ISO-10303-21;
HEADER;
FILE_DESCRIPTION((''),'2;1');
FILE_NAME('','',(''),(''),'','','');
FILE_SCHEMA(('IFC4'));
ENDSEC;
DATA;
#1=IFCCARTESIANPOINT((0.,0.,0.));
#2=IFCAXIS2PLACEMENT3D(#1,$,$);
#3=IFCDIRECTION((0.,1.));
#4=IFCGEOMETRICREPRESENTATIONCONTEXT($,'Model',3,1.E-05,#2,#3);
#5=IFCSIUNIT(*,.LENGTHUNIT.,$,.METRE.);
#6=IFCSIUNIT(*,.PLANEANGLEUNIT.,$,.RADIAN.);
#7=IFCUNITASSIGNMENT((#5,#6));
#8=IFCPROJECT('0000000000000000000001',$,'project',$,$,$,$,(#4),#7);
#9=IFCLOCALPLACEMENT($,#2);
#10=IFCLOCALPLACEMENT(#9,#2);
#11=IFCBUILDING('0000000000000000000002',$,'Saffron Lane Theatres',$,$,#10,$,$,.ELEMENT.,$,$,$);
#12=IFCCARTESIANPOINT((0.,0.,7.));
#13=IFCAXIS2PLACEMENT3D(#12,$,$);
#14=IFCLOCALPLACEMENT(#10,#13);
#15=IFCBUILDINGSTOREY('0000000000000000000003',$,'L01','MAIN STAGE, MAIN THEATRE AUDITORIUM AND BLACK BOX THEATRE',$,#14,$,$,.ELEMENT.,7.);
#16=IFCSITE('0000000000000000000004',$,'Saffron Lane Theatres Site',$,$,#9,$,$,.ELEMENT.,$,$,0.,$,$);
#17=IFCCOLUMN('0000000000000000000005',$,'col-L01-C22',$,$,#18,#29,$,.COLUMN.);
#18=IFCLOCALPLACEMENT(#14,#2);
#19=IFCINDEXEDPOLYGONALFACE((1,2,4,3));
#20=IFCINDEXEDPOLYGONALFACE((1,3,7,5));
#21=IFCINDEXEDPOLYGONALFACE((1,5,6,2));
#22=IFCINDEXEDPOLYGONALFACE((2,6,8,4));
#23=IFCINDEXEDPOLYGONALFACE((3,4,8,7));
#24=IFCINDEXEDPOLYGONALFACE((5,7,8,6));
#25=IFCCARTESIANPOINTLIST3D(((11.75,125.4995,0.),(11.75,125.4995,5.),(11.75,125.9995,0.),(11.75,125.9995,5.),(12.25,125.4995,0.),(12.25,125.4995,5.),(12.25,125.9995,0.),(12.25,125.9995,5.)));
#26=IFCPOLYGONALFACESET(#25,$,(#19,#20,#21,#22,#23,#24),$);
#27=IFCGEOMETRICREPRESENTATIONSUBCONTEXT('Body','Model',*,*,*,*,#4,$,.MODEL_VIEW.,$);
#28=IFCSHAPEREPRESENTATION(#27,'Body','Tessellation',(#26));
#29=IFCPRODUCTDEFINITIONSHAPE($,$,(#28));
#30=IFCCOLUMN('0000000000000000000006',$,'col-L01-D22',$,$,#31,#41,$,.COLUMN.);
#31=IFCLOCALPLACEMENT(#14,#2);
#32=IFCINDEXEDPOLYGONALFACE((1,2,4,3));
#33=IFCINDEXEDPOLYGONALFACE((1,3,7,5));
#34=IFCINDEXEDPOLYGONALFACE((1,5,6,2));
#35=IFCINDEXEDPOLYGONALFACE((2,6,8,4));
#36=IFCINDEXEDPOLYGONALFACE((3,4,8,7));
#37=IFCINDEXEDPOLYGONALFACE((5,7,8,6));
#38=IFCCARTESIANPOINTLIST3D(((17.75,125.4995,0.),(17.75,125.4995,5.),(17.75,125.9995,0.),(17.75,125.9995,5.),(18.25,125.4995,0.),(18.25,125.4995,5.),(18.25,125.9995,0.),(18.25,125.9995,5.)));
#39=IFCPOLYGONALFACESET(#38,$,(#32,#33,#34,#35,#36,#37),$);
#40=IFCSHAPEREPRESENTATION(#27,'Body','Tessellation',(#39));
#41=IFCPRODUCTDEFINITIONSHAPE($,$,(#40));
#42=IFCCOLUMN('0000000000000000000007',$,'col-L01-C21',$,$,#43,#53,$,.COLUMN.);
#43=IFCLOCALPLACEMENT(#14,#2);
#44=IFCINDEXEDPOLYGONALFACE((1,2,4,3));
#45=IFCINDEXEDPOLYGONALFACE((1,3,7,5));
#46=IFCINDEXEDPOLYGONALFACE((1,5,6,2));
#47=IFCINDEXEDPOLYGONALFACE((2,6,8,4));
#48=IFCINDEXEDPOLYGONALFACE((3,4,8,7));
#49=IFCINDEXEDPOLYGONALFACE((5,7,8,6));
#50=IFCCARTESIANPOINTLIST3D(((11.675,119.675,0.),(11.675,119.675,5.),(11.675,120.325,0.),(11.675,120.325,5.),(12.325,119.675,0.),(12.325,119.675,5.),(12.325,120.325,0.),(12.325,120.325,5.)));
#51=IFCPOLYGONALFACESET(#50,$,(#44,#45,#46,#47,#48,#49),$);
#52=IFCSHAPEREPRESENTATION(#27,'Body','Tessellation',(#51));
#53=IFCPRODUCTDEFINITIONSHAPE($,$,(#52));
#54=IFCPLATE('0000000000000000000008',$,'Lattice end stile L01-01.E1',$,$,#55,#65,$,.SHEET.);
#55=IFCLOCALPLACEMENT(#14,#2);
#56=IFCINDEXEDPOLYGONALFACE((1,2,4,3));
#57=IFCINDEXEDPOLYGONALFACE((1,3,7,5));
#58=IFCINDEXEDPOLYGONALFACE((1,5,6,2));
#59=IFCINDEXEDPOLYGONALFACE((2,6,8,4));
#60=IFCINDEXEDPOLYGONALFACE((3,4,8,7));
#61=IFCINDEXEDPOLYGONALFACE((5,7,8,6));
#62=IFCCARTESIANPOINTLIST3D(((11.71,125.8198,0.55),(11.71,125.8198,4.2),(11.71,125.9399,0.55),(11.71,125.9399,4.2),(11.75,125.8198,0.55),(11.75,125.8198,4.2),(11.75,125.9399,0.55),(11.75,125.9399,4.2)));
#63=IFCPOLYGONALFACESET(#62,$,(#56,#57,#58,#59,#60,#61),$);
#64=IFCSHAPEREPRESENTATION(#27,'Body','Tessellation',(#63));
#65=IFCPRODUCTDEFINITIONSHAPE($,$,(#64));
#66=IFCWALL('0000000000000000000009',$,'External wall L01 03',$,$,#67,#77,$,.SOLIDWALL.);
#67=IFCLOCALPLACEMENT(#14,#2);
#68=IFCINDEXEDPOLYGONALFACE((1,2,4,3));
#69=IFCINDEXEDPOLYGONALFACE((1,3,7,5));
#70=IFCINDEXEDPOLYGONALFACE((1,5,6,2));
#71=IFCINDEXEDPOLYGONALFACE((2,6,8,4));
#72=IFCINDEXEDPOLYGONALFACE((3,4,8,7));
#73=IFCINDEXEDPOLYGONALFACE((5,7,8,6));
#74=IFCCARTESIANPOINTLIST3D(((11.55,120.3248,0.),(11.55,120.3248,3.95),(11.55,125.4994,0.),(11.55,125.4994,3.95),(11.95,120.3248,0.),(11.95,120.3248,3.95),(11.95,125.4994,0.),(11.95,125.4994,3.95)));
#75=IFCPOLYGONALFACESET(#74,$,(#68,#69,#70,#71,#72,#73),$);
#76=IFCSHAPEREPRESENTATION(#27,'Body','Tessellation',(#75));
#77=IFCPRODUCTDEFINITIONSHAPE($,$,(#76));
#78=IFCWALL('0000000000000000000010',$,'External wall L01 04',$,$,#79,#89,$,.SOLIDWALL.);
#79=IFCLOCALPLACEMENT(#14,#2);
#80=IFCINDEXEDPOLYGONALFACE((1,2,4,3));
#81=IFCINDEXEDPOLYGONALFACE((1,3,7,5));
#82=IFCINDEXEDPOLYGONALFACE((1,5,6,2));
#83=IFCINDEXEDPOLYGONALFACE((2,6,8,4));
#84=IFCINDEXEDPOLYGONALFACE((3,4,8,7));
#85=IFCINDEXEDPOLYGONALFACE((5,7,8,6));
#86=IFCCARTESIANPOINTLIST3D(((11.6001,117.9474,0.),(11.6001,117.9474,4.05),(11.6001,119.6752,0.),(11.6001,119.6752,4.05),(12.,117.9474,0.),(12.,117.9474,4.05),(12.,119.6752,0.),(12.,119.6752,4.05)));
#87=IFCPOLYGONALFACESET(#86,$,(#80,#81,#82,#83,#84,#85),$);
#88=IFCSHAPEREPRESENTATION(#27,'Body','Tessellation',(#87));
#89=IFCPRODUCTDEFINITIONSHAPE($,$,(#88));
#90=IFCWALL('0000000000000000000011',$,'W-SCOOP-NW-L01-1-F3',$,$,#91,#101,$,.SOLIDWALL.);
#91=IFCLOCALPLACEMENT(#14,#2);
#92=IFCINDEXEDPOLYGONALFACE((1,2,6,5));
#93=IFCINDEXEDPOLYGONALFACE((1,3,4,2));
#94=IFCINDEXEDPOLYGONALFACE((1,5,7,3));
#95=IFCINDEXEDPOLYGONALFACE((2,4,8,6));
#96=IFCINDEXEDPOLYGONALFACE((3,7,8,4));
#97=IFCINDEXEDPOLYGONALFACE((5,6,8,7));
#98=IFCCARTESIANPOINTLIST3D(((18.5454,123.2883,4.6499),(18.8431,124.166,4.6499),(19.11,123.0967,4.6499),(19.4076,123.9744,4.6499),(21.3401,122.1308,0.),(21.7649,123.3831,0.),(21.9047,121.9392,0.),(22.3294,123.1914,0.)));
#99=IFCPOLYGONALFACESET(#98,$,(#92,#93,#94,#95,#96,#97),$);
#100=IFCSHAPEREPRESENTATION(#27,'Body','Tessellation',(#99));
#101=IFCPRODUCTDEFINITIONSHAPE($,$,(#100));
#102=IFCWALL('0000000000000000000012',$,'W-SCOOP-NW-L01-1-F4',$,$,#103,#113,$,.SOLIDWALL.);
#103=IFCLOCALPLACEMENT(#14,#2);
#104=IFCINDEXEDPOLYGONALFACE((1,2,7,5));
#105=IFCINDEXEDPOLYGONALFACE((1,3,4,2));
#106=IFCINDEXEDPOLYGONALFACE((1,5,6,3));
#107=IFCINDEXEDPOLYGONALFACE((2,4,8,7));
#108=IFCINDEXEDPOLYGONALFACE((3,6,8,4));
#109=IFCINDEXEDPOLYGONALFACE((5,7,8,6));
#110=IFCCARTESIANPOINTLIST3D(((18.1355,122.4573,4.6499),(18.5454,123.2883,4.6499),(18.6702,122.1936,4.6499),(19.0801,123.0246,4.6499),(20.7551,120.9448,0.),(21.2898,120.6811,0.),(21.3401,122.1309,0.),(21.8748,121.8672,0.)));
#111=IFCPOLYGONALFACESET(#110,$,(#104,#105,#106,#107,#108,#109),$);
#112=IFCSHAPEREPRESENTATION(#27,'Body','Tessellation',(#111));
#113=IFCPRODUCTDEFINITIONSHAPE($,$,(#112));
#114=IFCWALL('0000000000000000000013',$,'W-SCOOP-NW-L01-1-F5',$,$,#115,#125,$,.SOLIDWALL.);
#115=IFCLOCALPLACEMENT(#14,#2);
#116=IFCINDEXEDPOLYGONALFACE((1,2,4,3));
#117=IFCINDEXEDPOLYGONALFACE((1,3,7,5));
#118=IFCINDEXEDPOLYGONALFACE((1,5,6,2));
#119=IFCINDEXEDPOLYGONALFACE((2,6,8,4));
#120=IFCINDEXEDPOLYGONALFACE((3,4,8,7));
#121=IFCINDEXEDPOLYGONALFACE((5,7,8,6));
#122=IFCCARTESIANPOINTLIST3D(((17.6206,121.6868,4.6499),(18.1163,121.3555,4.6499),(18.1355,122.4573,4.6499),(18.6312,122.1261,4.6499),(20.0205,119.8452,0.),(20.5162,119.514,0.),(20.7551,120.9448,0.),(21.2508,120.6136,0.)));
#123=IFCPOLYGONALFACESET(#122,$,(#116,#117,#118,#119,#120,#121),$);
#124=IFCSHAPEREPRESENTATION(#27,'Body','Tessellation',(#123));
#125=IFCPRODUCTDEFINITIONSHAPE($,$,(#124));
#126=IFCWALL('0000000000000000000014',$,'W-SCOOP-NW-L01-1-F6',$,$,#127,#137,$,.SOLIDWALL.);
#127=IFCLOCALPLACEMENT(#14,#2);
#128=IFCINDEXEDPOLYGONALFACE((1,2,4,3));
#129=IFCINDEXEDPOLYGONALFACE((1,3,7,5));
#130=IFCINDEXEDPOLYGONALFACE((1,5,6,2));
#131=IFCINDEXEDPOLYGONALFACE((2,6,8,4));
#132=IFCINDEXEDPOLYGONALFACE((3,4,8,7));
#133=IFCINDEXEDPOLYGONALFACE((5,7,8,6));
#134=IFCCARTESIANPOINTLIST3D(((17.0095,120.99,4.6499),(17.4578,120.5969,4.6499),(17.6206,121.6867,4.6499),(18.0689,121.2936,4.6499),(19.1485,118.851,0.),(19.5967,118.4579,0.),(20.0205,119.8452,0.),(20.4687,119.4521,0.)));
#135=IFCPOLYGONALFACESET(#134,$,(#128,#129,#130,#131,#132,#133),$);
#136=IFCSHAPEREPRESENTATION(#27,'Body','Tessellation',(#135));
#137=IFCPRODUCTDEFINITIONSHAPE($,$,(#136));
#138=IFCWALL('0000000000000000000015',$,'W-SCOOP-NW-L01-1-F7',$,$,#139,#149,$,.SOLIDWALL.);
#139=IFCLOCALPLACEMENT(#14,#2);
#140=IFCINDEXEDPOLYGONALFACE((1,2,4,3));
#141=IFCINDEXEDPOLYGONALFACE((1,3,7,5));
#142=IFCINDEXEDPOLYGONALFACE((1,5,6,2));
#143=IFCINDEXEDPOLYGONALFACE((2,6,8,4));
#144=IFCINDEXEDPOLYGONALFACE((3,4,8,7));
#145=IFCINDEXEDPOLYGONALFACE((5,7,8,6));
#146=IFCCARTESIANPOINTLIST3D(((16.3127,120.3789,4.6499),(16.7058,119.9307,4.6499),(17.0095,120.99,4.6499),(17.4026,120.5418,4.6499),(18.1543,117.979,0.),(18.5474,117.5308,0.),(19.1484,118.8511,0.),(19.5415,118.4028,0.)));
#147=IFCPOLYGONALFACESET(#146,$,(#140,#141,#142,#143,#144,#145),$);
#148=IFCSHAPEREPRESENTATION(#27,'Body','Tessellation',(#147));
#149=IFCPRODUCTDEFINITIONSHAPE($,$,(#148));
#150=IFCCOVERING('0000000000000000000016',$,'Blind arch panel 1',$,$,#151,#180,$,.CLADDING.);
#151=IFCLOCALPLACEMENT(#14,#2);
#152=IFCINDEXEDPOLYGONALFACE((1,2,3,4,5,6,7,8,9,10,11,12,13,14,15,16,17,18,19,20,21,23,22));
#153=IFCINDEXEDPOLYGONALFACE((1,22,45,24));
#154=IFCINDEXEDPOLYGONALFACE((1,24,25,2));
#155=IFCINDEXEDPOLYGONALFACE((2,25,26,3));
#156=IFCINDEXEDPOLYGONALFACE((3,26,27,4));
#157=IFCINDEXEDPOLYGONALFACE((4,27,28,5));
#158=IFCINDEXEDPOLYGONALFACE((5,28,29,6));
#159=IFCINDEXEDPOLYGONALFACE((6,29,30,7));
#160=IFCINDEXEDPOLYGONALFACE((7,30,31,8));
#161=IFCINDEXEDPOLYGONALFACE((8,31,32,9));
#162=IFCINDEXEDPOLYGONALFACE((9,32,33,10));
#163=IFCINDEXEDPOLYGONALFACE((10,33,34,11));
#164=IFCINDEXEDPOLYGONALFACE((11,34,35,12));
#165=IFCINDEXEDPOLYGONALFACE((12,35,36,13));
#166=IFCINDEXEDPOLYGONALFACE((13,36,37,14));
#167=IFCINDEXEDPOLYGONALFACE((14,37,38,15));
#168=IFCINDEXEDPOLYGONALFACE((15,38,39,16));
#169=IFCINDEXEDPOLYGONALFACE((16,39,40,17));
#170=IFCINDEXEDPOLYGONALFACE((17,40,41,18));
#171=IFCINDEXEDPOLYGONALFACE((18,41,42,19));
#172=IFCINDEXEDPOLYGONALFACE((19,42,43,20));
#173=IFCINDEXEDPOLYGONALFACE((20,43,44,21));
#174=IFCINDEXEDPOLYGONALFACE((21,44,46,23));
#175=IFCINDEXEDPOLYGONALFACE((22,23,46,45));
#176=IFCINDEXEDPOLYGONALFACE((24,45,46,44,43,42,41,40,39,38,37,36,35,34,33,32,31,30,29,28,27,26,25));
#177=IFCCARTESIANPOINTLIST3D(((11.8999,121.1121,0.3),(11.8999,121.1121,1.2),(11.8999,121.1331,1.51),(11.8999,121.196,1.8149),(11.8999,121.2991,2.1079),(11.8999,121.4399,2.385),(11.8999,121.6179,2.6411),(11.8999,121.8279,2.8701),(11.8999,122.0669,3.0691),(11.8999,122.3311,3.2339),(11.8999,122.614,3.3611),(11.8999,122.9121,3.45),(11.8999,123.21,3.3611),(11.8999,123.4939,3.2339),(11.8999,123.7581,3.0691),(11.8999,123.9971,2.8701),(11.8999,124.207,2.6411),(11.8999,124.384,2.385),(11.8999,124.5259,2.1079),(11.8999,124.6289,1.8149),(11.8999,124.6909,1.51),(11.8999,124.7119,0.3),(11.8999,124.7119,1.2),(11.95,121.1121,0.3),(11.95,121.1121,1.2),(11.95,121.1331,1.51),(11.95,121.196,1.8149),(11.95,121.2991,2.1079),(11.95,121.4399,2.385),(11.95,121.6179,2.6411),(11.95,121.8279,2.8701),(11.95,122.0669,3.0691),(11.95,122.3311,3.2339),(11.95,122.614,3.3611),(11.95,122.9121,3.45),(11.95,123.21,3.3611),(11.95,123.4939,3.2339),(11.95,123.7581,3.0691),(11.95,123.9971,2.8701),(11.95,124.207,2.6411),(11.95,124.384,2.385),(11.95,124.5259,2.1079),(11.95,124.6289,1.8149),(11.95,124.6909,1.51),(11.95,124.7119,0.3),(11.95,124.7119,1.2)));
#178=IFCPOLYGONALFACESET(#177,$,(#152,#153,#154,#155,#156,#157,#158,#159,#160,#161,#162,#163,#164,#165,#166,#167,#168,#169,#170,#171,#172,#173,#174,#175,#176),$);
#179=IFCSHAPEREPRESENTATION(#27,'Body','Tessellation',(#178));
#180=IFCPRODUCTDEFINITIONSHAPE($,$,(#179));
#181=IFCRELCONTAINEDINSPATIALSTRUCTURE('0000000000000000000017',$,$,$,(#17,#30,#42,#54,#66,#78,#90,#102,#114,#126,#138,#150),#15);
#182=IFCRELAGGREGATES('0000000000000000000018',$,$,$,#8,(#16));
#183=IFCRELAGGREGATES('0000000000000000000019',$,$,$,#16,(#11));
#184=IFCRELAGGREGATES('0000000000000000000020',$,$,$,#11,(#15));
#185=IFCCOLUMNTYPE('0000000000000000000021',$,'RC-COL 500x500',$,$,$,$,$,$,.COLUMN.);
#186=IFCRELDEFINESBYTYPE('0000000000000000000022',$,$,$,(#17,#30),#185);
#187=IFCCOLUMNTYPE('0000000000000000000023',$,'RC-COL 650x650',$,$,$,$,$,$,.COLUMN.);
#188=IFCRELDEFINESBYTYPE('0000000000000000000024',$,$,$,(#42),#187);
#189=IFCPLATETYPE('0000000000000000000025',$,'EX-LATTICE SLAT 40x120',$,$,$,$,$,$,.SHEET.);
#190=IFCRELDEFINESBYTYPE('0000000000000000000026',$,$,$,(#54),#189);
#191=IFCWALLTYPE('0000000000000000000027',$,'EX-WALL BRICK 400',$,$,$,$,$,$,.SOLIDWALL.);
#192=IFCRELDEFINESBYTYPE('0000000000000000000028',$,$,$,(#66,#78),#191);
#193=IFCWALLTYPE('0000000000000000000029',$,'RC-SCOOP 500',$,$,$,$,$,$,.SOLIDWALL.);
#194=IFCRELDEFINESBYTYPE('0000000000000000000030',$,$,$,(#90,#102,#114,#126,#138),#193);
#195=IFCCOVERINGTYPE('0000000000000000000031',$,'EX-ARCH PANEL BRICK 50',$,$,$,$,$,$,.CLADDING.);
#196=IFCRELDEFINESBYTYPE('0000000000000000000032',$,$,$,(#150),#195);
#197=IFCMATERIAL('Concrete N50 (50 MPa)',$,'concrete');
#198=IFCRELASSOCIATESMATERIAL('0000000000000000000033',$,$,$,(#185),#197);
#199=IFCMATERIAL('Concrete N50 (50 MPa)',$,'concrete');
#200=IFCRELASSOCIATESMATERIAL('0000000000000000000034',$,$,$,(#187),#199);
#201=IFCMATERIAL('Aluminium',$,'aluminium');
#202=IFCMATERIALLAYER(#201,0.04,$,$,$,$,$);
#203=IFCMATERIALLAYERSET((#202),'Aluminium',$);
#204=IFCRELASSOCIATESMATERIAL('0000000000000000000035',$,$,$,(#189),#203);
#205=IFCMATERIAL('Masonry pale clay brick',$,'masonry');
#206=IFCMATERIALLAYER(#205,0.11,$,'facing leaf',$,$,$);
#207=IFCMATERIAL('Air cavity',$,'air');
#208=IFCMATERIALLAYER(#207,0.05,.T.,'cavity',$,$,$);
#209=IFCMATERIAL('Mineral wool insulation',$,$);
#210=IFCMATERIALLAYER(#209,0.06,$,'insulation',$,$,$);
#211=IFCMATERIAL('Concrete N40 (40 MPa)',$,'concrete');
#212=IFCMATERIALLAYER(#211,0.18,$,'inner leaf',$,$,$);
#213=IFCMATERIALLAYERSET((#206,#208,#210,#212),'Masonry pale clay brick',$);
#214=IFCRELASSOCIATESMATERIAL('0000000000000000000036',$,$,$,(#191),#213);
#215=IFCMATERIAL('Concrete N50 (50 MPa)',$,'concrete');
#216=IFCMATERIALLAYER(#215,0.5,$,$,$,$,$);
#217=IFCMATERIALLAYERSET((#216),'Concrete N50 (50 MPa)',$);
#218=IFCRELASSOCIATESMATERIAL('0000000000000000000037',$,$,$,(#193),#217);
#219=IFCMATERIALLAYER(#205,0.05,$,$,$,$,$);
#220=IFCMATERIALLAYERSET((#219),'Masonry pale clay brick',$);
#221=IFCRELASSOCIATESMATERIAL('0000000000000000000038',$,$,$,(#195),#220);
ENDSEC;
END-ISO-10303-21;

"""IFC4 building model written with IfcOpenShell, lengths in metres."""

from ifc_helpers import new_model, si_unit, direction, frame, frame_2d, origin, origin_2d, place, context, subcontext, project, spatial, polyline, rectangle, outline, extrude, material, layer, layer_set, material_profile, profile_set, type_object, element, save


model = new_model("IFC4")

# Units and contexts
model_context = context("Model", 3, precision=1e-05, world=origin(), true_north=direction((0.0, 1.0)))
body_context = subcontext(model_context, "Body", "Model", "MODEL_VIEW")
ifc_project = project(units=[si_unit("LENGTHUNIT", "METRE"), si_unit("PLANEANGLEUNIT", "RADIAN")], contexts=[model_context])

# Site, building, storey
site_placement = place(None, origin())
site = spatial("IfcSite", under=ifc_project, at=site_placement, Name="Saffron Lane Theatres Site", CompositionType="ELEMENT", RefElevation=0.0)
building_placement = place(site_placement, origin())
building = spatial("IfcBuilding", under=site, at=building_placement, Name="Saffron Lane Theatres", CompositionType="ELEMENT")
storey_placement = place(building_placement, frame((0.0, 0.0, 7.0)))
storey = spatial("IfcBuildingStorey", under=building, at=storey_placement, Name="L01", Description="MAIN STAGE, MAIN THEATRE AUDITORIUM AND BLACK BOX THEATRE", CompositionType="ELEMENT", Elevation=7.0)

# Columns
ifc_material_1 = material(Name="Concrete N50 (50 MPa)", Category="concrete")
ifc_material_profile_1 = material_profile(ifc_material_1, rectangle(XDim=0.5, YDim=0.5, at=origin_2d()))
ifc_profile_set_1 = profile_set([ifc_material_profile_1], Name="Concrete N50 (50 MPa)")
column_type_1 = type_object("IfcColumnType", Name="RC-COL 500x500", PredefinedType="COLUMN", material=ifc_profile_set_1)
for number, where, z_axis, x_axis, name in (
    (1, (12.0, 125.7495, 0.0), (0.0, 0.0, 1.0), (1.0, 0.0, 0.0), "col-L01-C22"),
    (2, (18.0, 125.7495, 0.0), (0.0, 0.0, 1.0), (1.0, 0.0, 0.0), "col-L01-D22"),
):
    element("IfcColumn", number, at=place(storey_placement, frame(where, z_axis=z_axis, x_axis=x_axis)), inside=storey, type_object=column_type_1, Name=name, PredefinedType="COLUMN", context=body_context, shape_type="SweptSolid", body=[
        extrude(rectangle(XDim=0.5, YDim=0.5, at=origin_2d()), origin(), (0.0, 0.0, 1.0), 5.0),
    ])
ifc_material_2 = material(Name="Concrete N50 (50 MPa)", Category="concrete")
ifc_material_profile_2 = material_profile(ifc_material_2, rectangle(XDim=0.6499, YDim=0.6499, at=origin_2d()))
ifc_profile_set_2 = profile_set([ifc_material_profile_2], Name="Concrete N50 (50 MPa)")
column_type_2 = type_object("IfcColumnType", Name="RC-COL 650x650", PredefinedType="COLUMN", material=ifc_profile_set_2)
column_placement = place(storey_placement, frame((12.0, 120.0, 0.0), z_axis=(0.0, 0.0, 1.0), x_axis=(1.0, 0.0, 0.0)))
element("IfcColumn", 3, at=column_placement, inside=storey, type_object=column_type_2, Name="col-L01-C21", PredefinedType="COLUMN", context=body_context, shape_type="SweptSolid", body=[
    extrude(rectangle(XDim=0.6499, YDim=0.6499, at=origin_2d()), origin(), (0.0, 0.0, 1.0), 5.0),
])

# Plate
ifc_material_3 = material(Name="Aluminium", Category="aluminium")
ifc_layer_1 = layer(ifc_material_3, 0.04)
ifc_layer_set_1 = layer_set([ifc_layer_1], Name="Aluminium")
plate_type = type_object("IfcPlateType", Name="EX-LATTICE SLAT 40x120", PredefinedType="SHEET", material=ifc_layer_set_1)
plate_placement = place(storey_placement, frame((11.73, 125.8799, 0.55), z_axis=(0.0, 0.0, 1.0), x_axis=(1.0, 0.0, 0.0)))
element("IfcPlate", 4, at=plate_placement, inside=storey, type_object=plate_type, Name="Lattice end stile L01-01.E1", PredefinedType="SHEET", context=body_context, shape_type="SweptSolid", body=[
    extrude(rectangle(XDim=0.04, YDim=0.1201, at=origin_2d()), origin(), (0.0, 0.0, 1.0), 3.6499),
])

# Walls
ifc_material_4 = material(Name="Masonry pale clay brick", Category="masonry")
ifc_layer_2 = layer(ifc_material_4, 0.11, Name="facing leaf")
ifc_material_5 = material(Name="Air cavity", Category="air")
ifc_layer_3 = layer(ifc_material_5, 0.05, ventilated=True, Name="cavity")
ifc_material_6 = material(Name="Mineral wool insulation")
ifc_layer_4 = layer(ifc_material_6, 0.06, Name="insulation")
ifc_material_7 = material(Name="Concrete N40 (40 MPa)", Category="concrete")
ifc_layer_5 = layer(ifc_material_7, 0.18, Name="inner leaf")
ifc_layer_set_2 = layer_set([ifc_layer_2, ifc_layer_3, ifc_layer_4, ifc_layer_5], Name="Masonry pale clay brick")
wall_type_1 = type_object("IfcWallType", Name="EX-WALL BRICK 400", PredefinedType="SOLIDWALL", material=ifc_layer_set_2)
wall_1_placement = place(storey_placement, frame((11.75, 125.4995, 0.0), z_axis=(0.0, 0.0, 1.0), x_axis=(0.0, -1.0, 0.0)))
element("IfcWall", 5, at=wall_1_placement, inside=storey, type_object=wall_type_1, Name="External wall L01 03", PredefinedType="SOLIDWALL", context=body_context, shape_type="SweptSolid", body=[
    extrude(rectangle(XDim=5.1746, YDim=0.3999, at=frame_2d((2.5874, 0.0))), origin(), (0.0, 0.0, 1.0), 3.95),
])
wall_2_placement = place(storey_placement, frame((11.8, 119.675, 0.0), z_axis=(0.0, 0.0, 1.0), x_axis=(0.0, -1.0, 0.0)))
element("IfcWall", 6, at=wall_2_placement, inside=storey, type_object=wall_type_1, Name="External wall L01 04", PredefinedType="SOLIDWALL", context=body_context, shape_type="SweptSolid", body=[
    extrude(rectangle(XDim=1.7278, YDim=0.3999, at=frame_2d((0.8638, 0.0))), origin(), (0.0, 0.0, 1.0), 4.05),
])
ifc_material_8 = material(Name="Concrete N50 (50 MPa)", Category="concrete")
ifc_layer_6 = layer(ifc_material_8, 0.5)
ifc_layer_set_3 = layer_set([ifc_layer_6], Name="Concrete N50 (50 MPa)")
wall_type_2 = type_object("IfcWallType", Name="RC-SCOOP 500", PredefinedType="SOLIDWALL", material=ifc_layer_set_3)
wall_3_placement = place(storey_placement, frame((21.7649, 123.3831, 0.0), z_axis=(0.794325, -0.269418, 0.544483), x_axis=(-0.321223, -0.947004, 0.000028)))
element("IfcWall", 7, at=wall_3_placement, inside=storey, type_object=wall_type_2, Name="W-SCOOP-NW-L01-1-F3", PredefinedType="SOLIDWALL", context=body_context, shape_type="SweptSolid", body=[
    extrude(outline(polyline([(0.0, 0.0), (1.3223, 0.0), (1.124, -5.5437), (0.1972, -5.5437), (0.0, 0.0)])), origin(), (0.000228, 0.544483, 0.838772), 0.5962),
])
wall_4_placement = place(storey_placement, frame((21.3401, 122.1309, 0.0), z_axis=(0.752252, -0.371027, 0.544478), x_axis=(-0.442341, -0.896847, -0.000005)))
element("IfcWall", 8, at=wall_4_placement, inside=storey, type_object=wall_type_2, Name="W-SCOOP-NW-L01-1-F4", PredefinedType="SOLIDWALL", context=body_context, shape_type="SweptSolid", body=[
    extrude(outline(polyline([(0.0, 0.0), (1.3224, 0.0), (1.1247, -5.5437), (0.1981, -5.5437), (0.0, 0.0)])), origin(), (-0.000058, 0.544478, 0.838775), 0.5962),
])
wall_5_placement = place(storey_placement, frame((20.7551, 120.9448, 0.0), z_axis=(0.697421, -0.465979, 0.544487), x_axis=(-0.555539, -0.83149, -0.000023)))
element("IfcWall", 9, at=wall_5_placement, inside=storey, type_object=wall_type_2, Name="W-SCOOP-NW-L01-1-F5", PredefinedType="SOLIDWALL", context=body_context, shape_type="SweptSolid", body=[
    extrude(outline(polyline([(0.0, 0.0), (1.3224, 0.0), (1.1243, -5.5438), (0.1976, -5.5437), (0.0, 0.0)])), origin(), (0.000037, 0.544487, 0.838769), 0.5962),
])
wall_6_placement = place(storey_placement, frame((20.0205, 119.8452, 0.0), z_axis=(0.630572, -0.553094, 0.544487), x_axis=(-0.659421, -0.751774, 0.000021)))
element("IfcWall", 10, at=wall_6_placement, inside=storey, type_object=wall_type_2, Name="W-SCOOP-NW-L01-1-F6", PredefinedType="SOLIDWALL", context=body_context, shape_type="SweptSolid", body=[
    extrude(outline(polyline([(0.0, 0.0), (1.3224, 0.0), (1.125, -5.5437), (0.1982, -5.5437), (0.0, 0.0)])), origin(), (-0.0001, 0.544487, 0.838769), 0.5962),
])
wall_7_placement = place(storey_placement, frame((19.1484, 118.8511, 0.0), z_axis=(0.553094, -0.630572, 0.544487), x_axis=(-0.751774, -0.659421, -0.000021)))
element("IfcWall", 11, at=wall_7_placement, inside=storey, type_object=wall_type_2, Name="W-SCOOP-NW-L01-1-F7", PredefinedType="SOLIDWALL", context=body_context, shape_type="SweptSolid", body=[
    extrude(outline(polyline([(0.0, 0.0), (1.3224, 0.0), (1.1242, -5.5437), (0.1974, -5.5437), (0.0, 0.0)])), origin(), (0.0001, 0.544487, 0.838769), 0.5962),
])

# Covering
ifc_layer_7 = layer(ifc_material_4, 0.05)
ifc_layer_set_4 = layer_set([ifc_layer_7], Name="Masonry pale clay brick")
covering_type_1 = type_object("IfcCoveringType", Name="EX-ARCH PANEL BRICK 50", PredefinedType="CLADDING", material=ifc_layer_set_4)
covering_1_placement = place(storey_placement, frame((11.8999, 124.7119, 1.2), z_axis=(-1.0, 0.0, 0.0), x_axis=(0.0, 0.0, -1.0)))
element("IfcCovering", 12, at=covering_1_placement, inside=storey, type_object=covering_type_1, Name="Blind arch panel 1", PredefinedType="CLADDING", context=body_context, shape_type="SweptSolid", body=[
    extrude(outline(polyline([(0.0, 0.0), (0.8999, 0.0), (0.8999, 3.5999), (0.0, 3.5999), (-0.3101, 3.5789), (-0.615, 3.5159), (-0.908, 3.4128), (-1.1851, 3.272), (-1.4412, 3.094), (-1.6702, 2.884), (-1.8691, 2.645), (-2.0339, 2.3809), (-2.1611, 2.0979), (-2.25, 1.7998), (-2.1611, 1.502), (-2.0339, 1.218), (-1.8691, 0.9539), (-1.6702, 0.7148), (-1.4412, 0.5049), (-1.1851, 0.3279), (-0.908, 0.186), (-0.615, 0.083), (-0.3101, 0.021), (0.0, 0.0)])), origin(), (0.0, 0.0, -1.0), 0.05),
])

save(model, "model.ifc")
